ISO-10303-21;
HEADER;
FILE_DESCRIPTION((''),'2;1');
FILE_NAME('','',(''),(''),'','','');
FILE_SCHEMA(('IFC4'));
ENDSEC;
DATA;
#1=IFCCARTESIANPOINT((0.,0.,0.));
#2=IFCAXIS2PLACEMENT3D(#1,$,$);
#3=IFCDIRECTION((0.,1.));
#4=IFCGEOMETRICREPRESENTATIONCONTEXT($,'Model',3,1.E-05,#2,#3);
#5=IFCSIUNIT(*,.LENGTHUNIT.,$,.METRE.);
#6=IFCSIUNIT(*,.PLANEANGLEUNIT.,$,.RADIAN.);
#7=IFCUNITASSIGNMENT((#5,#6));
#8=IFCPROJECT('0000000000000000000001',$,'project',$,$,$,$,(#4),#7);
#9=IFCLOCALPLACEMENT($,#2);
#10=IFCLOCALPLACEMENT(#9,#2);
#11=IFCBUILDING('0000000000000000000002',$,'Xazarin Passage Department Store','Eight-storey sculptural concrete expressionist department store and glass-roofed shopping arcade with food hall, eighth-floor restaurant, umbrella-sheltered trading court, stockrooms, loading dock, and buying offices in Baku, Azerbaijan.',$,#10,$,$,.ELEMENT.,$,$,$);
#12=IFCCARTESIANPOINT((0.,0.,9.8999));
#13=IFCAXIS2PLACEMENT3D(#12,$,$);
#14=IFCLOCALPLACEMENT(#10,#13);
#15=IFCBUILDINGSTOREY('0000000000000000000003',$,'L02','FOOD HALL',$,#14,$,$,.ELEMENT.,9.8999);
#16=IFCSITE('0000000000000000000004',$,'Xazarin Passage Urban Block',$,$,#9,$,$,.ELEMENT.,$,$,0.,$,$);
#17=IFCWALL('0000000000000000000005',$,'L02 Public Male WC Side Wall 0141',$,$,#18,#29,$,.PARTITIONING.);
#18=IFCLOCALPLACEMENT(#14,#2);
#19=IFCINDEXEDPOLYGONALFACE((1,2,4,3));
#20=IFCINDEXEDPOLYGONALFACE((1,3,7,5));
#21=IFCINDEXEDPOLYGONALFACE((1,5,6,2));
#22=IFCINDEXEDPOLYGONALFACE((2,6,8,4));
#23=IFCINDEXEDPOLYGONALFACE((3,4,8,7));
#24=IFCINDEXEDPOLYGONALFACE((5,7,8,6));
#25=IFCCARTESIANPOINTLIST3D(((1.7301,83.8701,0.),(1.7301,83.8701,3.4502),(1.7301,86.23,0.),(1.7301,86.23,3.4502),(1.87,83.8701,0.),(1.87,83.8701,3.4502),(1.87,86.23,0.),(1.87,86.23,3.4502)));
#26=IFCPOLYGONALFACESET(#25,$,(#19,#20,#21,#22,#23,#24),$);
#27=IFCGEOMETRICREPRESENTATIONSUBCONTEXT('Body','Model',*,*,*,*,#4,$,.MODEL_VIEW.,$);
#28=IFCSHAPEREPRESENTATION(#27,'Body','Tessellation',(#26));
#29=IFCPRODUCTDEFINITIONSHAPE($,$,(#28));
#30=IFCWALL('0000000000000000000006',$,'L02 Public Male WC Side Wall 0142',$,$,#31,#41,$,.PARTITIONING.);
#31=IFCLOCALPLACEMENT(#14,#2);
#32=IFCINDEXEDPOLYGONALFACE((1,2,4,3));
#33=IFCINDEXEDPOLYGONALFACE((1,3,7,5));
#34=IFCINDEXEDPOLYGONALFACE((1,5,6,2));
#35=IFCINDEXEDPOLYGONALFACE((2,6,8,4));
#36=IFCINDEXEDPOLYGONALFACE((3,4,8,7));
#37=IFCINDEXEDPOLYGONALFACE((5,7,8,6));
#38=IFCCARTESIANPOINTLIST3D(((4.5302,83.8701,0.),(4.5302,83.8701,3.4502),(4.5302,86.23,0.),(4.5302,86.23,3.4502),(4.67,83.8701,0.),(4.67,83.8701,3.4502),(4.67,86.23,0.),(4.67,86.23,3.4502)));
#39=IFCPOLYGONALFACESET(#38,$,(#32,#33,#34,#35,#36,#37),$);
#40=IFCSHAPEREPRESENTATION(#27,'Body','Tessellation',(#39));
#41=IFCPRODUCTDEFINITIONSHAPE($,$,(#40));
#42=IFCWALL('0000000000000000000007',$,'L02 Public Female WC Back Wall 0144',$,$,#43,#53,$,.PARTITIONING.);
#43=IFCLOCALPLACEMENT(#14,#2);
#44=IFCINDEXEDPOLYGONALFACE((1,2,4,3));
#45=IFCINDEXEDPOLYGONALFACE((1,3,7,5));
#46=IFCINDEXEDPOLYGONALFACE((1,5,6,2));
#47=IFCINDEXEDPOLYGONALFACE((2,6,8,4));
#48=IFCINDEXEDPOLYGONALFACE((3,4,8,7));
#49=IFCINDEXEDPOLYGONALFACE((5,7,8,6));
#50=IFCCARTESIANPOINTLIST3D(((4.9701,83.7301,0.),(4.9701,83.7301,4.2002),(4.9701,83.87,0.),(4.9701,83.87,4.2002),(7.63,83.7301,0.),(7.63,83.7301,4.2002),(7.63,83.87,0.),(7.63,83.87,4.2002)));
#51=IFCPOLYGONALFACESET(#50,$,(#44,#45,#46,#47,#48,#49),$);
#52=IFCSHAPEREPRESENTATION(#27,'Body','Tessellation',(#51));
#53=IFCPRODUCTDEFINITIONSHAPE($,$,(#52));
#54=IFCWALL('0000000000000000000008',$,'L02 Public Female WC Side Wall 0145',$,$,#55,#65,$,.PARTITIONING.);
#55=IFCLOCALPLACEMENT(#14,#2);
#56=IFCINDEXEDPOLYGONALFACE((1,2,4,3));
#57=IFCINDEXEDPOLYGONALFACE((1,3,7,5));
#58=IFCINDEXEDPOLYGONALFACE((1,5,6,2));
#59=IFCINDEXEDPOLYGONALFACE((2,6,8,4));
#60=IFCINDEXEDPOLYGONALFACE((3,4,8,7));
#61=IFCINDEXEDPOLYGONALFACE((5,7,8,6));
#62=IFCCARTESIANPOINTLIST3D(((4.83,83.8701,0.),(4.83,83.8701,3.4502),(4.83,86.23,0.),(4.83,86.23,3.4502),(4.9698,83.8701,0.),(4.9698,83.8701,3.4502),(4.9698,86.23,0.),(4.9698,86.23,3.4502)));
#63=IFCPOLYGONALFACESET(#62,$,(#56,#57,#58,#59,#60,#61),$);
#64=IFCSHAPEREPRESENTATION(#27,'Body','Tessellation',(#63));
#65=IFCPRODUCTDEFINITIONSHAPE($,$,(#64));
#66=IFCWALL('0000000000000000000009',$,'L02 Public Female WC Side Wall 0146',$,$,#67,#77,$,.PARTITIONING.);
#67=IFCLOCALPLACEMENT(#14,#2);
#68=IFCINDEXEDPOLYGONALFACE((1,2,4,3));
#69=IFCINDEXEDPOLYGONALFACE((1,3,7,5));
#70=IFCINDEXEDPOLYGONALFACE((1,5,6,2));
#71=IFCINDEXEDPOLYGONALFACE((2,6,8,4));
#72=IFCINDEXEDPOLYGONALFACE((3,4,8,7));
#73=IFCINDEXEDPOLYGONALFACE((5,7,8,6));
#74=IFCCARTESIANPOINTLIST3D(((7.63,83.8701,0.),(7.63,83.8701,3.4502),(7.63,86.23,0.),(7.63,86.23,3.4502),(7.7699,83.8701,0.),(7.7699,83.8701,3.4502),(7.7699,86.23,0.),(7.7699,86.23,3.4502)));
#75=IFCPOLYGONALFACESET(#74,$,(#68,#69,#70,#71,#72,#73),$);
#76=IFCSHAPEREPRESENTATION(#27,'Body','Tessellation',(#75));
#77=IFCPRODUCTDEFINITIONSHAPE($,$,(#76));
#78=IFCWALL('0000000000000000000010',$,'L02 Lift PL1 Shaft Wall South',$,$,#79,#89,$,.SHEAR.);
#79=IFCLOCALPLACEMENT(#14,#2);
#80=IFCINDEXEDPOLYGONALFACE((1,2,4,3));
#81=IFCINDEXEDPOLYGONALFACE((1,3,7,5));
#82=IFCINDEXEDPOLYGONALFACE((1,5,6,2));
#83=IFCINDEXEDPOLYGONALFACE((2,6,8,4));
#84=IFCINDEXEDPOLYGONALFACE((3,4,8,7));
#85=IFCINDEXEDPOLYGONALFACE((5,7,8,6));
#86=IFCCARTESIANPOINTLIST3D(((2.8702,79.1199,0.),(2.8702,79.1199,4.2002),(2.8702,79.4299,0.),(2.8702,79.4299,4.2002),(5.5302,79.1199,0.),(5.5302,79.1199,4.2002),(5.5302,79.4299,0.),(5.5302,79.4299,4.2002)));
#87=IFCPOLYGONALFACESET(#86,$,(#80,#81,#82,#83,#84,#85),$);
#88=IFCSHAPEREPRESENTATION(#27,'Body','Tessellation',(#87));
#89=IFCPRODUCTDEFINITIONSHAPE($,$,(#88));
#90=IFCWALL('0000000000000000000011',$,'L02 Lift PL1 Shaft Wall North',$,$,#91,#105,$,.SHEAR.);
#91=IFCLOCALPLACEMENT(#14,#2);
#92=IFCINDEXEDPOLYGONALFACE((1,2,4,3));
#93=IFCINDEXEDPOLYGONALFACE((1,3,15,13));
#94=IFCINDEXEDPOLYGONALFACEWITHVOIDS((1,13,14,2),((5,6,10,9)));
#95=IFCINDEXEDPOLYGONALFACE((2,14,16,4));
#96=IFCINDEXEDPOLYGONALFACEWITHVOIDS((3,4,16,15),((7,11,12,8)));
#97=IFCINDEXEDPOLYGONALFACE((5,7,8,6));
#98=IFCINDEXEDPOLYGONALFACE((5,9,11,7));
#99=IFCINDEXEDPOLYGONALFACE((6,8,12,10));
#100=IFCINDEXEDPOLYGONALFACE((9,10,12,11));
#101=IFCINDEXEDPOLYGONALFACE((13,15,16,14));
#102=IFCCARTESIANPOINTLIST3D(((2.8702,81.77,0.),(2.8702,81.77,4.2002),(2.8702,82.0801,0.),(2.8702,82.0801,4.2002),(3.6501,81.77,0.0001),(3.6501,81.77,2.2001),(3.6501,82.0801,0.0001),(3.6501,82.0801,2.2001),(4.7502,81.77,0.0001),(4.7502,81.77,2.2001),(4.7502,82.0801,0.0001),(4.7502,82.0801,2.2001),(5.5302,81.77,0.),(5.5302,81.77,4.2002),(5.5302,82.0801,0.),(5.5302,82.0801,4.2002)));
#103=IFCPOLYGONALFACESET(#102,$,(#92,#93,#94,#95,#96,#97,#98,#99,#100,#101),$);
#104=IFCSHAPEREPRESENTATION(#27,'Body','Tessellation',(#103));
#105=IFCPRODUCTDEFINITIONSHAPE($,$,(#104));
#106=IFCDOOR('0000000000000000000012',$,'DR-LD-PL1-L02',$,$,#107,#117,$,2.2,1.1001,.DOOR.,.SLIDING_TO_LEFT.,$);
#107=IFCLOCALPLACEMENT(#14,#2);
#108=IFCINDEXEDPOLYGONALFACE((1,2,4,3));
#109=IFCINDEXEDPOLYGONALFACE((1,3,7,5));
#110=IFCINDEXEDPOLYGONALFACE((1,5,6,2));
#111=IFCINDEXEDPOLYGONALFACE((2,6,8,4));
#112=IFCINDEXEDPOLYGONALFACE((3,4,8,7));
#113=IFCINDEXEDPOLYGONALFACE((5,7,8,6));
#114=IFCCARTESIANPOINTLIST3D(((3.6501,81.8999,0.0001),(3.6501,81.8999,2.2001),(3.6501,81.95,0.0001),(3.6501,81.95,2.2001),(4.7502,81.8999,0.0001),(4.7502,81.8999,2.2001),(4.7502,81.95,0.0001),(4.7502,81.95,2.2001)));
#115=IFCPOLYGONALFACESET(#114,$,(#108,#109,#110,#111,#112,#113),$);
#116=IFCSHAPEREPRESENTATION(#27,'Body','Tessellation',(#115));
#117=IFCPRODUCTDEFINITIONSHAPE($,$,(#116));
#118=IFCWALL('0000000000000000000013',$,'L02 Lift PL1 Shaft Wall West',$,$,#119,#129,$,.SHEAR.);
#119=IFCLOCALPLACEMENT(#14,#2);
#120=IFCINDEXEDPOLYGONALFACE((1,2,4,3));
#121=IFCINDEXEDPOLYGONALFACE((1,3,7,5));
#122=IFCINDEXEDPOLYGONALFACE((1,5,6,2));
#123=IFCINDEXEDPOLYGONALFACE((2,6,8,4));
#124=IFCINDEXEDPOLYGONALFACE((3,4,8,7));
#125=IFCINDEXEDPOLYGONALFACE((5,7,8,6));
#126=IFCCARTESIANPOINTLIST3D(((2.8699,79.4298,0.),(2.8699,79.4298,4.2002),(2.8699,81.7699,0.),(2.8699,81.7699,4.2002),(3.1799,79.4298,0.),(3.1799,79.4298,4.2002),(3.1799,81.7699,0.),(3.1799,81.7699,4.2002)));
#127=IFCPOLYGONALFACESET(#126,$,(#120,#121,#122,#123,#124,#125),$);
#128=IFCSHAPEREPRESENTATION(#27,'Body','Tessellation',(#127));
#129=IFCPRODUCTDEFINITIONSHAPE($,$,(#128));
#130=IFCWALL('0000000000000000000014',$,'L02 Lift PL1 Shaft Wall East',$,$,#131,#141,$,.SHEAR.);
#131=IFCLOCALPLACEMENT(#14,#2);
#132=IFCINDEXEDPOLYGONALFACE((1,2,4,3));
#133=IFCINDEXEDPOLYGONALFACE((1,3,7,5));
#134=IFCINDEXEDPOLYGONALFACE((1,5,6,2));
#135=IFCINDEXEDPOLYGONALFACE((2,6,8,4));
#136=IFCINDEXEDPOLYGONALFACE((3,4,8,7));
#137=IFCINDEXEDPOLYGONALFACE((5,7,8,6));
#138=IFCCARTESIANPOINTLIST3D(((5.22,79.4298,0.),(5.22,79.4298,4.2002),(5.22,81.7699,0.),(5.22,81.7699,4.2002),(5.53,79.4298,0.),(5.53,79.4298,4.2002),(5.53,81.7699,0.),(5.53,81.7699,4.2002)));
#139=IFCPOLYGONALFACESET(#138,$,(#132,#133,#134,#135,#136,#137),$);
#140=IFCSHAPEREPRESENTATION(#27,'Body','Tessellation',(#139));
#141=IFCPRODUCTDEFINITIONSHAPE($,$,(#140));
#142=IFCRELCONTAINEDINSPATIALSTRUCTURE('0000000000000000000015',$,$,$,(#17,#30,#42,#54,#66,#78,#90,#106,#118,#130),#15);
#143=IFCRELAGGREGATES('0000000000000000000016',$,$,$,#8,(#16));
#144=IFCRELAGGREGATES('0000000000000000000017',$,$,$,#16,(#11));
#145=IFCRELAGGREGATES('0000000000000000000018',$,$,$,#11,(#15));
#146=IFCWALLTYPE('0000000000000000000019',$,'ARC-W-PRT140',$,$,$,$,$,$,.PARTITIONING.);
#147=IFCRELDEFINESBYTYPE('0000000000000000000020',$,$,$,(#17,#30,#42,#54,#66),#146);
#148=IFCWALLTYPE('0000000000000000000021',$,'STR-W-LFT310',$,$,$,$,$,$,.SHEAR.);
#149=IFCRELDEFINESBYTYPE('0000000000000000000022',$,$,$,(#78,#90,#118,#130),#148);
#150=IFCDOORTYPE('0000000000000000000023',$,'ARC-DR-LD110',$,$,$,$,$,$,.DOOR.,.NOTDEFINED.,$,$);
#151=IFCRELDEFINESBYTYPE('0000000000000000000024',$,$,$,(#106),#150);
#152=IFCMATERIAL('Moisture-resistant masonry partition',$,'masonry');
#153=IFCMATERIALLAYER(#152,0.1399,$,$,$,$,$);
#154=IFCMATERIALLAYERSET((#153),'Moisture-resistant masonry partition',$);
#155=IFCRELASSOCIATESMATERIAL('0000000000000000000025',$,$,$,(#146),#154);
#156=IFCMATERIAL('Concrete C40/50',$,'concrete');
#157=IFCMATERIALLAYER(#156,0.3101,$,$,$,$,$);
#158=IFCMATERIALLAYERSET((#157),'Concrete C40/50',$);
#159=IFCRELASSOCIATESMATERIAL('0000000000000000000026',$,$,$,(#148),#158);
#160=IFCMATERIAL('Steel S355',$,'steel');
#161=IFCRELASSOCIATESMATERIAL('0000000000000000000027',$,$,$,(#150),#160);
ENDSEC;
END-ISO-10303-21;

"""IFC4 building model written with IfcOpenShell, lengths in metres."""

from ifc_helpers import new_model, si_unit, direction, frame, frame_2d, origin, place, context, subcontext, project, spatial, rectangle, extrude, material, layer, layer_set, type_object, element, fill, save


model = new_model("IFC4")

# Units and contexts
model_context = context("Model", 3, precision=1e-05, world=origin(), true_north=direction((0.0, 1.0)))
body_context = subcontext(model_context, "Body", "Model", "MODEL_VIEW")
ifc_project = project(units=[si_unit("LENGTHUNIT", "METRE"), si_unit("PLANEANGLEUNIT", "RADIAN")], contexts=[model_context])

# Site, building, storey
site_placement = place(None, origin())
site = spatial("IfcSite", under=ifc_project, at=site_placement, Name="Xazarin Passage Urban Block", CompositionType="ELEMENT", RefElevation=0.0)
building_placement = place(site_placement, origin())
building = spatial("IfcBuilding", under=site, at=building_placement, Name="Xazarin Passage Department Store", Description="Eight-storey sculptural concrete expressionist department store and glass-roofed shopping arcade with food hall, eighth-floor restaurant, umbrella-sheltered trading court, stockrooms, loading dock, and buying offices in Baku, Azerbaijan.", CompositionType="ELEMENT")
storey_placement = place(building_placement, frame((0.0, 0.0, 9.8999)))
storey = spatial("IfcBuildingStorey", under=building, at=storey_placement, Name="L02", Description="FOOD HALL", CompositionType="ELEMENT", Elevation=9.8999)

# Shared definitions
ifc_material_1 = material(Name="Concrete C40/50", Category="concrete")

# Walls
ifc_material_2 = material(Name="Moisture-resistant masonry partition", Category="masonry")
ifc_layer_1 = layer(ifc_material_2, 0.1399)
ifc_layer_set_1 = layer_set([ifc_layer_1], Name="Moisture-resistant masonry partition")
wall_type_1 = type_object("IfcWallType", Name="ARC-W-PRT140", PredefinedType="PARTITIONING", material=ifc_layer_set_1)
for number, where, z_axis, x_axis, name in (
    (1, (1.8, 83.8701, 0.0), (0.0, 0.0, 1.0), (0.0, 1.0, 0.0), "L02 Public Male WC Side Wall 0141"),
    (2, (4.6001, 83.8701, 0.0), (0.0, 0.0, 1.0), (0.0, 1.0, 0.0), "L02 Public Male WC Side Wall 0142"),
):
    element("IfcWall", number, at=place(storey_placement, frame(where, z_axis=z_axis, x_axis=x_axis)), inside=storey, type_object=wall_type_1, Name=name, PredefinedType="PARTITIONING", context=body_context, shape_type="SweptSolid", body=[
        extrude(rectangle(XDim=2.3599, YDim=0.1399, at=frame_2d((1.1799, 0.0))), origin(), (0.0, 0.0, 1.0), 3.4502),
    ])
wall_1_placement = place(storey_placement, frame((4.97, 83.8, 0.0), z_axis=(0.0, 0.0, 1.0), x_axis=(1.0, 0.0, 0.0)))
element("IfcWall", 3, at=wall_1_placement, inside=storey, type_object=wall_type_1, Name="L02 Public Female WC Back Wall 0144", PredefinedType="PARTITIONING", context=body_context, shape_type="SweptSolid", body=[
    extrude(rectangle(XDim=2.6599, YDim=0.1399, at=frame_2d((1.3301, 0.0))), origin(), (0.0, 0.0, 1.0), 4.2002),
])
for number, where, z_axis, x_axis, name in (
    (4, (4.8999, 83.8701, 0.0), (0.0, 0.0, 1.0), (0.0, 1.0, 0.0), "L02 Public Female WC Side Wall 0145"),
    (5, (7.7, 83.8701, 0.0), (0.0, 0.0, 1.0), (0.0, 1.0, 0.0), "L02 Public Female WC Side Wall 0146"),
):
    element("IfcWall", number, at=place(storey_placement, frame(where, z_axis=z_axis, x_axis=x_axis)), inside=storey, type_object=wall_type_1, Name=name, PredefinedType="PARTITIONING", context=body_context, shape_type="SweptSolid", body=[
        extrude(rectangle(XDim=2.3599, YDim=0.1399, at=frame_2d((1.1799, 0.0))), origin(), (0.0, 0.0, 1.0), 3.4502),
    ])
ifc_layer_2 = layer(ifc_material_1, 0.3101)
ifc_layer_set_2 = layer_set([ifc_layer_2], Name="Concrete C40/50")
wall_type_2 = type_object("IfcWallType", Name="STR-W-LFT310", PredefinedType="SHEAR", material=ifc_layer_set_2)
wall_2_placement = place(storey_placement, frame((2.8701, 79.2749, 0.0), z_axis=(0.0, 0.0, 1.0), x_axis=(1.0, 0.0, 0.0)))
element("IfcWall", 6, at=wall_2_placement, inside=storey, type_object=wall_type_2, Name="L02 Lift PL1 Shaft Wall South", PredefinedType="SHEAR", context=body_context, shape_type="SweptSolid", body=[
    extrude(rectangle(XDim=2.6599, YDim=0.3101, at=frame_2d((1.3301, 0.0))), origin(), (0.0, 0.0, 1.0), 4.2002),
])

# Wall, opening, door
wall_3_placement = place(storey_placement, frame((2.8701, 81.925, 0.0), z_axis=(0.0, 0.0, 1.0), x_axis=(1.0, 0.0, 0.0)))
wall_3 = element("IfcWall", 7, at=wall_3_placement, inside=storey, type_object=wall_type_2, Name="L02 Lift PL1 Shaft Wall North", PredefinedType="SHEAR", context=body_context, shape_type="SweptSolid", body=[
    extrude(rectangle(XDim=2.6599, YDim=0.3101, at=frame_2d((1.3301, 0.0))), origin(), (0.0, 0.0, 1.0), 4.2002),
])
opening_placement = place(wall_3_placement, frame((0.78, 0.0, 0.0)))
opening = element("IfcOpeningElement", 8, at=opening_placement, cuts=wall_3, PredefinedType="OPENING", context=body_context, shape_type="SweptSolid", body=[
    extrude(rectangle(XDim=1.1001, YDim=2.2, at=frame_2d((0.55, 1.1001))), frame((0.0, 0.165, 0.0), z_axis=(0.0, -1.0, 0.0), x_axis=(1.0, 0.0, 0.0)), (0.0, 0.0, 1.0), 0.3301),
])
ifc_material_3 = material(Name="Steel S355", Category="steel")
door_type = type_object("IfcDoorType", Name="ARC-DR-LD110", OperationType="NOTDEFINED", PredefinedType="DOOR", material=ifc_material_3)
door_placement = place(opening_placement, origin())
door = element("IfcDoor", 9, at=door_placement, inside=storey, type_object=door_type, Name="DR-LD-PL1-L02", OperationType="SLIDING_TO_LEFT", OverallHeight=2.2, OverallWidth=1.1001, PredefinedType="DOOR", context=body_context, shape_type="SweptSolid", body=[
    extrude(rectangle(XDim=1.1001, YDim=2.2, at=frame_2d((0.55, 1.1001))), frame((0.0, 0.0249, 0.0), z_axis=(0.0, -1.0, 0.0), x_axis=(1.0, 0.0, 0.0)), (0.0, 0.0, 1.0), 0.05),
])
fill(opening, door)

# Walls
for number, where, z_axis, x_axis, name in (
    (10, (3.0249, 79.4299, 0.0), (0.0, 0.0, 1.0), (0.0, 1.0, 0.0), "L02 Lift PL1 Shaft Wall West"),
    (11, (5.375, 79.4299, 0.0), (0.0, 0.0, 1.0), (0.0, 1.0, 0.0), "L02 Lift PL1 Shaft Wall East"),
):
    element("IfcWall", number, at=place(storey_placement, frame(where, z_axis=z_axis, x_axis=x_axis)), inside=storey, type_object=wall_type_2, Name=name, PredefinedType="SHEAR", context=body_context, shape_type="SweptSolid", body=[
        extrude(rectangle(XDim=2.3401, YDim=0.3101, at=frame_2d((1.1699, 0.0))), origin(), (0.0, 0.0, 1.0), 4.2002),
    ])

save(model, "model.ifc")
